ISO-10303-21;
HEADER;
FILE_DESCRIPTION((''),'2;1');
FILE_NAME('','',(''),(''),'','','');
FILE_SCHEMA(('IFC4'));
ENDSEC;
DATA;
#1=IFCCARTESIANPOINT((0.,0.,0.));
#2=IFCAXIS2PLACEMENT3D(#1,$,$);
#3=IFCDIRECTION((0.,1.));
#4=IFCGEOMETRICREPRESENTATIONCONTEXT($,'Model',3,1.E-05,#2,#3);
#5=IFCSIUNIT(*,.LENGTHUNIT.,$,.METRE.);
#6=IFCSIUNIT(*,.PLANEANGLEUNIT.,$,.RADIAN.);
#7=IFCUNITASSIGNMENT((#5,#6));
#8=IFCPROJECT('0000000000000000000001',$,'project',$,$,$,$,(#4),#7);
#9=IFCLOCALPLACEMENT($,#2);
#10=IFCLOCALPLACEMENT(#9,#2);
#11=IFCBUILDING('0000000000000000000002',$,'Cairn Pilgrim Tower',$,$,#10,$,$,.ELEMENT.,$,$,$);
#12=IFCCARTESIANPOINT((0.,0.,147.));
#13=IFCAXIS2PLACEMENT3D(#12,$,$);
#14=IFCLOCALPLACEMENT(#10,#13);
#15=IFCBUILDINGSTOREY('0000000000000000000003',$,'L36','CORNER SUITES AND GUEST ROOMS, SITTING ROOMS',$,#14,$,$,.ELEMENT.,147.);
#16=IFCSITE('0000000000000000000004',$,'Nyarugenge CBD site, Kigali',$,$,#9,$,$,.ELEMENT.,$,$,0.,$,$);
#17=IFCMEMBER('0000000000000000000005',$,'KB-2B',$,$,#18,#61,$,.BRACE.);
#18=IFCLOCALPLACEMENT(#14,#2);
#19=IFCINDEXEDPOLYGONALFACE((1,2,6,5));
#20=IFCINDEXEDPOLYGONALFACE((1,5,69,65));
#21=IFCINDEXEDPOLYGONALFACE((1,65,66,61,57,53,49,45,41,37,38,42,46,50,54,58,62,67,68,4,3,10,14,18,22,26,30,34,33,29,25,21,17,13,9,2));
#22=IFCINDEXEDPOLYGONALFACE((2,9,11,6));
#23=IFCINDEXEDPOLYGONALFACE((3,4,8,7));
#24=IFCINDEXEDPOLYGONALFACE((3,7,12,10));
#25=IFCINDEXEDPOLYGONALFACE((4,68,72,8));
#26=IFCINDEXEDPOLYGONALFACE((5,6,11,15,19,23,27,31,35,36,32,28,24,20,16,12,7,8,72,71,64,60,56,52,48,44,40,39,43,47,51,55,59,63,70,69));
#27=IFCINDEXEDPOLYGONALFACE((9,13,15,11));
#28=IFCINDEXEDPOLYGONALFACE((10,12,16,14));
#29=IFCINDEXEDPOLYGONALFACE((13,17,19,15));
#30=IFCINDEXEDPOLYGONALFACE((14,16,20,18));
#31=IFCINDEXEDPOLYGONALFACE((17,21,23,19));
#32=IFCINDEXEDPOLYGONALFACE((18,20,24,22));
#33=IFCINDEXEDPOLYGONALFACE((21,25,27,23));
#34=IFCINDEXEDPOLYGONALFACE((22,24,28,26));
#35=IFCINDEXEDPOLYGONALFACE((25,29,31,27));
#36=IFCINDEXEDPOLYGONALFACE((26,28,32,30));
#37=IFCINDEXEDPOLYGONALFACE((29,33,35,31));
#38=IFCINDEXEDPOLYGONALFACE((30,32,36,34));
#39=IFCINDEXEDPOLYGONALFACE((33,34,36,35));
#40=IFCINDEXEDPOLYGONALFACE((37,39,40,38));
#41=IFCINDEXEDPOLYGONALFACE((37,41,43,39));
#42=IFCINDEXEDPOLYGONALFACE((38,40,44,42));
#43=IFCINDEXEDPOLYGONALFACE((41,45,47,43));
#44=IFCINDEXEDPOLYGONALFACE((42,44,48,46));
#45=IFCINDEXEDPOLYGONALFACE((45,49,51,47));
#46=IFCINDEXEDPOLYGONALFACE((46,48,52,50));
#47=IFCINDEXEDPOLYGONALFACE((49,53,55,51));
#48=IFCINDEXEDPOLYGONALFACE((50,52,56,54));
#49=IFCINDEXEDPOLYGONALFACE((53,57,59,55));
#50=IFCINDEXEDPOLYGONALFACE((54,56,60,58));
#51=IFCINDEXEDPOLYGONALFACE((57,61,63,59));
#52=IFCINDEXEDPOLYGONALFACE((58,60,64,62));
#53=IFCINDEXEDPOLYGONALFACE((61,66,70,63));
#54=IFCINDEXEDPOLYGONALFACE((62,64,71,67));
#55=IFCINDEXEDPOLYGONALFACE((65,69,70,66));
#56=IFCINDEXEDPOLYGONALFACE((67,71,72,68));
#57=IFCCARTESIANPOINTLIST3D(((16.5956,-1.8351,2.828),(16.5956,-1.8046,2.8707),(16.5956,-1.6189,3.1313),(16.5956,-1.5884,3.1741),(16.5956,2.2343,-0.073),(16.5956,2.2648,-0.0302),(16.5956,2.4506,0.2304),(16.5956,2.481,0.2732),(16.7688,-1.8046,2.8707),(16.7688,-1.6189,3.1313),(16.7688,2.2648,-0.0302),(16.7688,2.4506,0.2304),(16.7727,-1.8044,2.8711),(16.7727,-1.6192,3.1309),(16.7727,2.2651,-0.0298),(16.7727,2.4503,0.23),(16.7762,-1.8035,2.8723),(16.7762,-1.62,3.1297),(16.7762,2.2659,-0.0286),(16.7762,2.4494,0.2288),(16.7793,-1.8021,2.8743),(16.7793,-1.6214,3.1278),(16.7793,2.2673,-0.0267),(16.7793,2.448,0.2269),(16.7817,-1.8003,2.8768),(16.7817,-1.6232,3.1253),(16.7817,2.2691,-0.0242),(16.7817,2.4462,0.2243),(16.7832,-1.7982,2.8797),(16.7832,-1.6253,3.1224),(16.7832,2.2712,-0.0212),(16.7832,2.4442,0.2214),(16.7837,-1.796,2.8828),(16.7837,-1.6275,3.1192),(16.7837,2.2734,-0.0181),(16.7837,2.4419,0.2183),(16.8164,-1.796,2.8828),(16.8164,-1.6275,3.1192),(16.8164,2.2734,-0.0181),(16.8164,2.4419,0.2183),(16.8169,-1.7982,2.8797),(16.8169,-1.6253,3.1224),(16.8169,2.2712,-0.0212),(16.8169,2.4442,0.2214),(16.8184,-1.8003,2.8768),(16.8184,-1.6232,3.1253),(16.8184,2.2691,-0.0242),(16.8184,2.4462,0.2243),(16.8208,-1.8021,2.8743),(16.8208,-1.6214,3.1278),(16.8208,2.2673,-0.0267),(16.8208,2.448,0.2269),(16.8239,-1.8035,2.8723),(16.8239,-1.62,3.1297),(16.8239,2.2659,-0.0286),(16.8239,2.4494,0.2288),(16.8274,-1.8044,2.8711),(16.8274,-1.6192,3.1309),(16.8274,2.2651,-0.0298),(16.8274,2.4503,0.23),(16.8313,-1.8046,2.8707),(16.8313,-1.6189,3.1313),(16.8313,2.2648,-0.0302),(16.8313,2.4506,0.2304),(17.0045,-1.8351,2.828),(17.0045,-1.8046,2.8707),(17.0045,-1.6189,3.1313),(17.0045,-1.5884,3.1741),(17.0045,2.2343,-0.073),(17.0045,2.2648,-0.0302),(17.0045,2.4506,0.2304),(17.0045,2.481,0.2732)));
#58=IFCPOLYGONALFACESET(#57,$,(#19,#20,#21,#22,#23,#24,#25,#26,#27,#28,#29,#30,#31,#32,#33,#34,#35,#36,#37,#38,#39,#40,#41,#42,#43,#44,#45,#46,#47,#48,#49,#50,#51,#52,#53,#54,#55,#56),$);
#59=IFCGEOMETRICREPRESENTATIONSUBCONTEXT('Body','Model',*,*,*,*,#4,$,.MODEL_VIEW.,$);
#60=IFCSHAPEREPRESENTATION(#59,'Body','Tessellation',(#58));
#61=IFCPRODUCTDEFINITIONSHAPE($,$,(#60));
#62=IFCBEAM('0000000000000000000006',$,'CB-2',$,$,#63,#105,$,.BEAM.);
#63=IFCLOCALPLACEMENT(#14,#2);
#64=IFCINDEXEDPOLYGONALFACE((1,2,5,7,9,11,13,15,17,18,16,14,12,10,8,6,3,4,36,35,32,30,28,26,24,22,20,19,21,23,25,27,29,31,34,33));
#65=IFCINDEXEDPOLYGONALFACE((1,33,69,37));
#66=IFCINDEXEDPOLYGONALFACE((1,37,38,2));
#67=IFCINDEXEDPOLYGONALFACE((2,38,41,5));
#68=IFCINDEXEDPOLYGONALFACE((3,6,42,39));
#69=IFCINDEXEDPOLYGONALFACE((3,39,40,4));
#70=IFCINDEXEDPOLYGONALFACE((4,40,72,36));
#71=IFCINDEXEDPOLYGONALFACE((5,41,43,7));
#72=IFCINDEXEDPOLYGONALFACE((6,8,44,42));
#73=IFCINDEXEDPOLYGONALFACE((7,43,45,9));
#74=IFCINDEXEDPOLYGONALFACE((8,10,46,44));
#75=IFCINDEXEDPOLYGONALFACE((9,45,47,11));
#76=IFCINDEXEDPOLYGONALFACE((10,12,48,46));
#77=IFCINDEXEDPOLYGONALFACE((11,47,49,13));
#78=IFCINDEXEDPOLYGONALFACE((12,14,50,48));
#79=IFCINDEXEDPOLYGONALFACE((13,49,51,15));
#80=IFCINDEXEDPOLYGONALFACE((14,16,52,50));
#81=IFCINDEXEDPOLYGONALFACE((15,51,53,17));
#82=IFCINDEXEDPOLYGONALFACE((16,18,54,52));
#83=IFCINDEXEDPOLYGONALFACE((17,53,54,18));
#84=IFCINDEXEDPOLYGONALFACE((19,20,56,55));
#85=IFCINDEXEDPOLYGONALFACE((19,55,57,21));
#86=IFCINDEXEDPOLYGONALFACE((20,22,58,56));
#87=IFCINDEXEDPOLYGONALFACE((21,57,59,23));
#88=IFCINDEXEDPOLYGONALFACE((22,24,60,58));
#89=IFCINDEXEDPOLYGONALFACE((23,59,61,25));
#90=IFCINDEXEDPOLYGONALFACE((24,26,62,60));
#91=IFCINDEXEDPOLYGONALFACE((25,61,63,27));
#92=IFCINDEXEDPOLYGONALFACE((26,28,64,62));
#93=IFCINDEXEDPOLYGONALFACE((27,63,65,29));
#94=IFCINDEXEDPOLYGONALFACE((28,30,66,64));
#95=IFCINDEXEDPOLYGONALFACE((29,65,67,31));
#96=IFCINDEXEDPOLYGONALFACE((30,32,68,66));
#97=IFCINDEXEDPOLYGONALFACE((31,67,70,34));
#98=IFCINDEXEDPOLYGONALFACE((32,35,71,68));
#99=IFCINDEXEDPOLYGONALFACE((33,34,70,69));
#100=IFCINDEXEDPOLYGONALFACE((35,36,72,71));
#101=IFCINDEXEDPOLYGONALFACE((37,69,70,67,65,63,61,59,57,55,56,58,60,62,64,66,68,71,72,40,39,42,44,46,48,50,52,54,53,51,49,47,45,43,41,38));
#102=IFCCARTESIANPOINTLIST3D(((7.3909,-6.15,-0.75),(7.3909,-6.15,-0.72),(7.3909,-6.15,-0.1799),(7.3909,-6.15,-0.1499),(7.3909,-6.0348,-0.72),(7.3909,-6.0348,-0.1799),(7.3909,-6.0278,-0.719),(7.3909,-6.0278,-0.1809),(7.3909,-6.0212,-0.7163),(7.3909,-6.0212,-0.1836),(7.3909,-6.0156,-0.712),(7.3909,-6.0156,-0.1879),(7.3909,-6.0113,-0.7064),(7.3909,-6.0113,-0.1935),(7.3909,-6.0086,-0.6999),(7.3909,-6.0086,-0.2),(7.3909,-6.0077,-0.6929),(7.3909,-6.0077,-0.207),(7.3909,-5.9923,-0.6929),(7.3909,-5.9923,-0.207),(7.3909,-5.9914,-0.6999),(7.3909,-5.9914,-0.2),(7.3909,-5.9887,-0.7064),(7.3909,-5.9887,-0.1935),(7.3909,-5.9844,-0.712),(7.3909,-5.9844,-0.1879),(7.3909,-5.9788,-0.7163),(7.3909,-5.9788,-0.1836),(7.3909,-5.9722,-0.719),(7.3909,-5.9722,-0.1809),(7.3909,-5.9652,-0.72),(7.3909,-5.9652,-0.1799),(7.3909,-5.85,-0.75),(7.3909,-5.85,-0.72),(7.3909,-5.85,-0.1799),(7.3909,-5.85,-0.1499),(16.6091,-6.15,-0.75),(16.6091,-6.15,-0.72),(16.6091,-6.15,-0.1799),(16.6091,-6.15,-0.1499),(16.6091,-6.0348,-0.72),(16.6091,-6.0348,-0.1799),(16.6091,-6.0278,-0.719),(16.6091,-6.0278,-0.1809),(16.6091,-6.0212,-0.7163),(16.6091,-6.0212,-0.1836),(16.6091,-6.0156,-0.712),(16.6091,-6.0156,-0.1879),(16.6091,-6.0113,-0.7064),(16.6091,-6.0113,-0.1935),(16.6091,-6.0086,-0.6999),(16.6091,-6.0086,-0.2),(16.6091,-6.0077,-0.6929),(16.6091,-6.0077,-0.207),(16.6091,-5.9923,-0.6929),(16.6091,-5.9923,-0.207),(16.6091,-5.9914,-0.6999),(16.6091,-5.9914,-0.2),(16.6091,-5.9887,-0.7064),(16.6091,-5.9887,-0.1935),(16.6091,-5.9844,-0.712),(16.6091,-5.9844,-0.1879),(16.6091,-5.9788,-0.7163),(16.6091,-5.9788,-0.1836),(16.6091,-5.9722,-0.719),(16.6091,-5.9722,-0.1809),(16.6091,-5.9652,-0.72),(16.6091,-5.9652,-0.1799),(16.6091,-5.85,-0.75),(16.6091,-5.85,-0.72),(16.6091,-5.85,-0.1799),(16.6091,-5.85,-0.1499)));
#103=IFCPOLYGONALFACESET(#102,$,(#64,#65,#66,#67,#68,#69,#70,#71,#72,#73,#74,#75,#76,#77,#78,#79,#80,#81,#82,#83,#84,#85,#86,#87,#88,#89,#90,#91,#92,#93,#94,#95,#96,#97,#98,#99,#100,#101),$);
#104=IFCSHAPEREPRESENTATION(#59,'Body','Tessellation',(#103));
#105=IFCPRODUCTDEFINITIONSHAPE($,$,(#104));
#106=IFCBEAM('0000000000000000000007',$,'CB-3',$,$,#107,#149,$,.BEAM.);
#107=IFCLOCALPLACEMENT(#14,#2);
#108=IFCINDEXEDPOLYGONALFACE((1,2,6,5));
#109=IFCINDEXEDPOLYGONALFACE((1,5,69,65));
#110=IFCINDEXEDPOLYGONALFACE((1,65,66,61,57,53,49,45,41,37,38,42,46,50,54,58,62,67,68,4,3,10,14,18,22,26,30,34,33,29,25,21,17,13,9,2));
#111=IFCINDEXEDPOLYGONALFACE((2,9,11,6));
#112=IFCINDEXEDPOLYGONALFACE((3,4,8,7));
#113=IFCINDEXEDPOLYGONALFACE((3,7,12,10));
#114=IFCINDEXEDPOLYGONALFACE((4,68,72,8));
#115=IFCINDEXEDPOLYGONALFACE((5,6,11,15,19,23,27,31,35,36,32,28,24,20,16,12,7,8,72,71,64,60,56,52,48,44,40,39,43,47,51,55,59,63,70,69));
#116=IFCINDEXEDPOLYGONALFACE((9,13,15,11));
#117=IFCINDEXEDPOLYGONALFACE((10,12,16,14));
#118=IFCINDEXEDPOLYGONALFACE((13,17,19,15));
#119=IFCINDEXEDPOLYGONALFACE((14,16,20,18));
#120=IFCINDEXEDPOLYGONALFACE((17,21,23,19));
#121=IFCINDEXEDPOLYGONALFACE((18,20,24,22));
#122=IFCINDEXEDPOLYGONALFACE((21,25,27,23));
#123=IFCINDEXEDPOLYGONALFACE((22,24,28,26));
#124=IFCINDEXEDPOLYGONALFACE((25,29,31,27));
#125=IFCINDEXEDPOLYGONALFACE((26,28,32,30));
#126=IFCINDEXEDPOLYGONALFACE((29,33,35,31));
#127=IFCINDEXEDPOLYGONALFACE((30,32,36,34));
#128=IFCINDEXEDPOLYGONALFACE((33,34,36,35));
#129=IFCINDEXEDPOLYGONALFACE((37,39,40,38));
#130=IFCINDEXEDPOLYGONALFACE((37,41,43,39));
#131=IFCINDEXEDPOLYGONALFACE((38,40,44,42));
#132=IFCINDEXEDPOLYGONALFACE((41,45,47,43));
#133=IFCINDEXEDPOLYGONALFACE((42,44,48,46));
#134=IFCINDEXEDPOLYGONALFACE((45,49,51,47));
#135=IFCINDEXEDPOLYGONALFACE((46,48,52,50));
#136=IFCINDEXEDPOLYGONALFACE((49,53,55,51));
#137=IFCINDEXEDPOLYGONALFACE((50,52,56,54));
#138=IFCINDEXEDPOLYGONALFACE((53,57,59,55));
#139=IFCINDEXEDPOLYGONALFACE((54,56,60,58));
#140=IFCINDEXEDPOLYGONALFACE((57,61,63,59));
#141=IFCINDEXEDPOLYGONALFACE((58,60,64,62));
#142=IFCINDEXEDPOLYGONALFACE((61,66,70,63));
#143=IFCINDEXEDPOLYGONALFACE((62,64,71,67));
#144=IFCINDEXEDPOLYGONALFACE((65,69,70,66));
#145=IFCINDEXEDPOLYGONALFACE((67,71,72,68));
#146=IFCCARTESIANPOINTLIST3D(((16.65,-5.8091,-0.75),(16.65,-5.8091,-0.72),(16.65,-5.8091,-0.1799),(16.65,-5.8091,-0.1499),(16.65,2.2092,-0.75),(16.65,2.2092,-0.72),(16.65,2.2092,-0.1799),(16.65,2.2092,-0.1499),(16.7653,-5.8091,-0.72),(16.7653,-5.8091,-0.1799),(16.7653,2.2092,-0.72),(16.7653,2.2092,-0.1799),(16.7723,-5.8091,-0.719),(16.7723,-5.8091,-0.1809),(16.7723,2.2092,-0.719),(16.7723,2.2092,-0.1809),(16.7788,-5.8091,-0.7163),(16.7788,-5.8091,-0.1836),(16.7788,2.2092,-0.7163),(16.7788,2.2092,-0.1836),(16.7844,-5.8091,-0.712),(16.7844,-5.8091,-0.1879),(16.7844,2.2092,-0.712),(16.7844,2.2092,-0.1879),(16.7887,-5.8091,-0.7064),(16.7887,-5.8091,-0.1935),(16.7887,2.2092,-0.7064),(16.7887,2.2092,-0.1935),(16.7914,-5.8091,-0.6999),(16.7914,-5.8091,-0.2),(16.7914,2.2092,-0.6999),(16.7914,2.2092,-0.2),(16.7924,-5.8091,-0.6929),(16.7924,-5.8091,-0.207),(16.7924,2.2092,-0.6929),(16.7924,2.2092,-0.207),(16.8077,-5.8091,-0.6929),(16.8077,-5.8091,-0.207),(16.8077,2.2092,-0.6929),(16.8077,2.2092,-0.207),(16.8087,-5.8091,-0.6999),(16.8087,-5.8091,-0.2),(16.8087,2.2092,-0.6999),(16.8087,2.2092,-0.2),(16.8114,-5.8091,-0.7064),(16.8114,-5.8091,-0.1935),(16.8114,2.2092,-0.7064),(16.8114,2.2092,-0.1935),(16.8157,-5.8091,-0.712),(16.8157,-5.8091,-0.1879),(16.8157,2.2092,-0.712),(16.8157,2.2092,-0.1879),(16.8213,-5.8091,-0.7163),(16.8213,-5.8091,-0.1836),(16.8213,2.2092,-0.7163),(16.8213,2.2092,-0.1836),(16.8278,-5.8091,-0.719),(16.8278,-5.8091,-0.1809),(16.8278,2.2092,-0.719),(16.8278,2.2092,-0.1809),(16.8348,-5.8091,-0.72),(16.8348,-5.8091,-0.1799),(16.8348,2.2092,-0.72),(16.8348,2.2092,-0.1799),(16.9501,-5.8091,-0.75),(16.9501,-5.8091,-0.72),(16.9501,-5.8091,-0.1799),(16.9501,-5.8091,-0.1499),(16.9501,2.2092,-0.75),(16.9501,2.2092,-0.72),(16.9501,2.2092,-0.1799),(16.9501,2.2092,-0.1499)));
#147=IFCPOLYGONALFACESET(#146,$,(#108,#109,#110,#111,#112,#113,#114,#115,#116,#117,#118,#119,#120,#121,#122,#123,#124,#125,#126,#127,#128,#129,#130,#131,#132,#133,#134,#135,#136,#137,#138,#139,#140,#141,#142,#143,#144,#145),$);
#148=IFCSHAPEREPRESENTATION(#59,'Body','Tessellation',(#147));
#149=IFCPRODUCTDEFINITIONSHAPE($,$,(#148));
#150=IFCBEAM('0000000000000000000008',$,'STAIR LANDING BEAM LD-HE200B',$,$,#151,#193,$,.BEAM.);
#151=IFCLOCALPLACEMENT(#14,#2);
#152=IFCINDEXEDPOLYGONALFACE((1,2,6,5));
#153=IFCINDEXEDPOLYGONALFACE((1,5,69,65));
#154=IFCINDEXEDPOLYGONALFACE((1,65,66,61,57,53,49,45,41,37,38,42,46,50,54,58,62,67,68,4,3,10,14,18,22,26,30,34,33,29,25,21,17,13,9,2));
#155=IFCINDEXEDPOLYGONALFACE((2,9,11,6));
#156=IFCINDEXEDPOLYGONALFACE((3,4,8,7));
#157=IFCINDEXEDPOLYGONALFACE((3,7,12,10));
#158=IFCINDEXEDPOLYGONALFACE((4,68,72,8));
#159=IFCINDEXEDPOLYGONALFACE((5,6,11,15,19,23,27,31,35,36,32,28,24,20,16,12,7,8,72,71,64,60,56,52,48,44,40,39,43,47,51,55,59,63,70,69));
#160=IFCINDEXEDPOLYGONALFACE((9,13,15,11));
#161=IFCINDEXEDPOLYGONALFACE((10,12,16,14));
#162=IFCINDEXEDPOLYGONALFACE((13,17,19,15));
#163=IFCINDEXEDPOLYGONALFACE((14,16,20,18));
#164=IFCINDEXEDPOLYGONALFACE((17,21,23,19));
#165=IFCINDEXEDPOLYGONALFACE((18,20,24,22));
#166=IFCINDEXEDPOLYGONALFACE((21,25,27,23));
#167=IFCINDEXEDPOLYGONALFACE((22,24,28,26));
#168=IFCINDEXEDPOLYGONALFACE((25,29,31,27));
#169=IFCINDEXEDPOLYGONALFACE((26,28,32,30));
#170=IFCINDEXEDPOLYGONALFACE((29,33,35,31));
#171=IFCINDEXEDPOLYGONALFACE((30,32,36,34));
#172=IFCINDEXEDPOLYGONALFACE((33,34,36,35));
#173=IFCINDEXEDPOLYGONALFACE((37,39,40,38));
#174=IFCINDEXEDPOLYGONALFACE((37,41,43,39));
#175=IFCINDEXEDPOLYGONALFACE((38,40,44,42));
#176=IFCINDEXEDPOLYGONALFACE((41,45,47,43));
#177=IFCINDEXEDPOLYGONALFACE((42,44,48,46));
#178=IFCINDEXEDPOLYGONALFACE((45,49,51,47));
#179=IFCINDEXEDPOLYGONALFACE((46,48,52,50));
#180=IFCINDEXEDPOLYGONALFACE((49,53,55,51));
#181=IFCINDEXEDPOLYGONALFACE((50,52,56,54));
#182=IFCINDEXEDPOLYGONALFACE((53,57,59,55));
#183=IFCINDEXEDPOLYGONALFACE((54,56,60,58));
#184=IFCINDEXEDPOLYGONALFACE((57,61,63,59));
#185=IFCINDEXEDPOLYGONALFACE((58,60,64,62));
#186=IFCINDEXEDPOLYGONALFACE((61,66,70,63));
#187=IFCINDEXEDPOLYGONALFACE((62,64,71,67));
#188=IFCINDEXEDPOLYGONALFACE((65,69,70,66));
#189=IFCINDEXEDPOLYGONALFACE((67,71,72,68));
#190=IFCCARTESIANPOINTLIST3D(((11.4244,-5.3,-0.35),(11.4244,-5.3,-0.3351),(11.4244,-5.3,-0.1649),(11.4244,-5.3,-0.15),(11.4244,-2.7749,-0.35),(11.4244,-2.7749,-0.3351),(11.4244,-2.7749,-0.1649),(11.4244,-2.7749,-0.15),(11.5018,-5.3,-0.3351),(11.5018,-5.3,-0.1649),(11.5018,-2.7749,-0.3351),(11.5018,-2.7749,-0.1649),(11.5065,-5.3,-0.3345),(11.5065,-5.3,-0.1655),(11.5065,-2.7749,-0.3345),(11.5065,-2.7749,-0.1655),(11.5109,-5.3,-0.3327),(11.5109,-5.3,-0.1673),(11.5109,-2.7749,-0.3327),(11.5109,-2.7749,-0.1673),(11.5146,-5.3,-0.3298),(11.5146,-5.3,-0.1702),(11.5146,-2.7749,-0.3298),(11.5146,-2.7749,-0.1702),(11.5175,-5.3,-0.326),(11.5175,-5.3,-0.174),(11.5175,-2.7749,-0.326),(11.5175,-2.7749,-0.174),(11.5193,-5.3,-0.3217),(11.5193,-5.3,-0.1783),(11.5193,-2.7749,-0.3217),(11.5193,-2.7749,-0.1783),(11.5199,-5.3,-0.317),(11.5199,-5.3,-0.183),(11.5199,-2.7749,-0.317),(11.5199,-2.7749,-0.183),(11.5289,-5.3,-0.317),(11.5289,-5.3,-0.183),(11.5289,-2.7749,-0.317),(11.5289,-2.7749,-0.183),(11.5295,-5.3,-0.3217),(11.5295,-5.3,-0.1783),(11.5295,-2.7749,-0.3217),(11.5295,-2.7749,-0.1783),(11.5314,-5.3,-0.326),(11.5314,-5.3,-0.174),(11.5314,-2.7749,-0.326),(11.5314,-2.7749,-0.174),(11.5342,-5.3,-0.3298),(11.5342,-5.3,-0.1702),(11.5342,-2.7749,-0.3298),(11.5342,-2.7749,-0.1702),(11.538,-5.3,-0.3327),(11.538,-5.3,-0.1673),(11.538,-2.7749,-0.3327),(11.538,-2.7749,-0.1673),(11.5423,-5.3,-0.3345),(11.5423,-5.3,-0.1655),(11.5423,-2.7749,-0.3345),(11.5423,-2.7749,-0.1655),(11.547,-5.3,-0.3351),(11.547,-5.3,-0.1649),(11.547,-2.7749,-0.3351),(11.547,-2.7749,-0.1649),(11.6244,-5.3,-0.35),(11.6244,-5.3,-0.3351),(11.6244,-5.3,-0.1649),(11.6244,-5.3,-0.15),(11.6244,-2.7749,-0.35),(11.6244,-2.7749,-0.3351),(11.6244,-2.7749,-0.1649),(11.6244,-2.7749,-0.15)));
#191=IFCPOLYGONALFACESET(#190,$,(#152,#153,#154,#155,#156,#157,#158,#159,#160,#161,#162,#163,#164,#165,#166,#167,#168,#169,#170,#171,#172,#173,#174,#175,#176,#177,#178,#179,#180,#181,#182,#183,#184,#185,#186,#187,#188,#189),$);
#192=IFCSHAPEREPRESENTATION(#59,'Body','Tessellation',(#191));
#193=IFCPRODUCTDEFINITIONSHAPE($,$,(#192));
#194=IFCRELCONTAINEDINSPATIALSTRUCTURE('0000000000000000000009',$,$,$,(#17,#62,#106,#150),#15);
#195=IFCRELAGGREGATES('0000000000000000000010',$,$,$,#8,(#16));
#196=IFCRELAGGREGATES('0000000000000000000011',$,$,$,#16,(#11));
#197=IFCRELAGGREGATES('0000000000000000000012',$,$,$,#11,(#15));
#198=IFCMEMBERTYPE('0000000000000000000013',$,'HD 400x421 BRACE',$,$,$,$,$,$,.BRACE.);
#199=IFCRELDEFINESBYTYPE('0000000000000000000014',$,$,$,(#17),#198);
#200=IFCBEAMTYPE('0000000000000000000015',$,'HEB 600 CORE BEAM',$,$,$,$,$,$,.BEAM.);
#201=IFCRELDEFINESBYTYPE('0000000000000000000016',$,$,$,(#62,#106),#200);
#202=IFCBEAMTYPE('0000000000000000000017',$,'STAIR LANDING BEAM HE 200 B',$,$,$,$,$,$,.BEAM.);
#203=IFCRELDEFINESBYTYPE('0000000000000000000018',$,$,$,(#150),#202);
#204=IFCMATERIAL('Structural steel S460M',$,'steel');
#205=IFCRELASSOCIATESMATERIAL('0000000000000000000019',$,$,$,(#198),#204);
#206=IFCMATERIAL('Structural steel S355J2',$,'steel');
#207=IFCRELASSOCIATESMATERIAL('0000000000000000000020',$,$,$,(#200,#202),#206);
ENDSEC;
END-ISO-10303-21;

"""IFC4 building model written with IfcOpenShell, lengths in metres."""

from ifc_helpers import new_model, si_unit, direction, frame, origin, origin_2d, place, context, subcontext, project, spatial, i_section, extrude, material, material_profile, profile_set, type_object, element, save


model = new_model("IFC4")

# Units and contexts
model_context = context("Model", 3, precision=1e-05, world=origin(), true_north=direction((0.0, 1.0)))
body_context = subcontext(model_context, "Body", "Model", "MODEL_VIEW")
ifc_project = project(units=[si_unit("LENGTHUNIT", "METRE"), si_unit("PLANEANGLEUNIT", "RADIAN")], contexts=[model_context])

# Site, building, storey
site_placement = place(None, origin())
site = spatial("IfcSite", under=ifc_project, at=site_placement, Name="Nyarugenge CBD site, Kigali", CompositionType="ELEMENT", RefElevation=0.0)
building_placement = place(site_placement, origin())
building = spatial("IfcBuilding", under=site, at=building_placement, Name="Cairn Pilgrim Tower", CompositionType="ELEMENT")
storey_placement = place(building_placement, frame((0.0, 0.0, 147.0)))
storey = spatial("IfcBuildingStorey", under=building, at=storey_placement, Name="L36", Description="CORNER SUITES AND GUEST ROOMS, SITTING ROOMS", CompositionType="ELEMENT", Elevation=147.0)

# Shared definitions
ifc_material_1 = material(Name="Structural steel S460M", Category="steel")

# Member
ifc_material_profile_1 = material_profile(ifc_material_1, i_section(OverallWidth=0.4089, OverallDepth=0.425, WebThickness=0.0327, FlangeThickness=0.0525, FilletRadius=0.0149, at=origin_2d()), Name="HD 400x421")
ifc_profile_set_1 = profile_set([ifc_material_profile_1], Name="Structural steel S460M")
member_type = type_object("IfcMemberType", Name="HD 400x421 BRACE", PredefinedType="BRACE", material=ifc_profile_set_1)
for number, where, z_axis, x_axis, name in (
    (1, (16.8, 2.3577, 0.1001), (0.0, -0.814281, 0.580471), (1.0, 0.0, 0.0), "KB-2B"),
):
    element("IfcMember", number, at=place(storey_placement, frame(where, z_axis=z_axis, x_axis=x_axis)), inside=storey, type_object=member_type, Name=name, PredefinedType="BRACE", context=body_context, shape_type="SweptSolid", body=[
        extrude(i_section(OverallWidth=0.4089, OverallDepth=0.425, WebThickness=0.0327, FlangeThickness=0.0525, FilletRadius=0.0149, at=origin_2d()), origin(), (0.0, 0.0, 1.0), 4.9976),
    ])

# Beams
ifc_material_2 = material(Name="Structural steel S355J2", Category="steel")
ifc_material_profile_2 = material_profile(ifc_material_2, i_section(OverallWidth=0.3, OverallDepth=0.6001, WebThickness=0.0154, FlangeThickness=0.03, FilletRadius=0.0271, at=origin_2d()), Name="HEB 600")
ifc_profile_set_2 = profile_set([ifc_material_profile_2], Name="Structural steel S355J2")
beam_type_1 = type_object("IfcBeamType", Name="HEB 600 CORE BEAM", PredefinedType="BEAM", material=ifc_profile_set_2)
beam_1_placement = place(storey_placement, frame((7.3909, -6.0, -0.45), z_axis=(1.0, 0.0, 0.0), x_axis=(0.0, 1.0, 0.0)))
element("IfcBeam", 2, at=beam_1_placement, inside=storey, type_object=beam_type_1, Name="CB-2", PredefinedType="BEAM", context=body_context, shape_type="SweptSolid", body=[
    extrude(i_section(OverallWidth=0.3, OverallDepth=0.6001, WebThickness=0.0154, FlangeThickness=0.03, FilletRadius=0.0271, at=origin_2d()), origin(), (0.0, 0.0, 1.0), 9.2183),
])
beam_2_placement = place(storey_placement, frame((16.8, -5.8091, -0.45), z_axis=(0.0, 1.0, 0.0), x_axis=(-1.0, 0.0, 0.0)))
element("IfcBeam", 3, at=beam_2_placement, inside=storey, type_object=beam_type_1, Name="CB-3", PredefinedType="BEAM", context=body_context, shape_type="SweptSolid", body=[
    extrude(i_section(OverallWidth=0.3, OverallDepth=0.6001, WebThickness=0.0154, FlangeThickness=0.03, FilletRadius=0.0271, at=origin_2d()), origin(), (0.0, 0.0, 1.0), 8.0183),
])
ifc_material_profile_3 = material_profile(ifc_material_2, i_section(OverallWidth=0.2, OverallDepth=0.2, WebThickness=0.009, FlangeThickness=0.0149, FilletRadius=0.0181, at=origin_2d()), Name="HE 200 B")
ifc_profile_set_3 = profile_set([ifc_material_profile_3], Name="Structural steel S355J2")
beam_type_2 = type_object("IfcBeamType", Name="STAIR LANDING BEAM HE 200 B", PredefinedType="BEAM", material=ifc_profile_set_3)
beam_3_placement = place(storey_placement, frame((11.5244, -2.7749, -0.25), z_axis=(0.0, -1.0, 0.0), x_axis=(1.0, 0.0, 0.0)))
element("IfcBeam", 4, at=beam_3_placement, inside=storey, type_object=beam_type_2, Name="STAIR LANDING BEAM LD-HE200B", PredefinedType="BEAM", context=body_context, shape_type="SweptSolid", body=[
    extrude(i_section(OverallWidth=0.2, OverallDepth=0.2, WebThickness=0.009, FlangeThickness=0.0149, FilletRadius=0.0181, at=origin_2d()), origin(), (0.0, 0.0, 1.0), 2.5251),
])

save(model, "model.ifc")
